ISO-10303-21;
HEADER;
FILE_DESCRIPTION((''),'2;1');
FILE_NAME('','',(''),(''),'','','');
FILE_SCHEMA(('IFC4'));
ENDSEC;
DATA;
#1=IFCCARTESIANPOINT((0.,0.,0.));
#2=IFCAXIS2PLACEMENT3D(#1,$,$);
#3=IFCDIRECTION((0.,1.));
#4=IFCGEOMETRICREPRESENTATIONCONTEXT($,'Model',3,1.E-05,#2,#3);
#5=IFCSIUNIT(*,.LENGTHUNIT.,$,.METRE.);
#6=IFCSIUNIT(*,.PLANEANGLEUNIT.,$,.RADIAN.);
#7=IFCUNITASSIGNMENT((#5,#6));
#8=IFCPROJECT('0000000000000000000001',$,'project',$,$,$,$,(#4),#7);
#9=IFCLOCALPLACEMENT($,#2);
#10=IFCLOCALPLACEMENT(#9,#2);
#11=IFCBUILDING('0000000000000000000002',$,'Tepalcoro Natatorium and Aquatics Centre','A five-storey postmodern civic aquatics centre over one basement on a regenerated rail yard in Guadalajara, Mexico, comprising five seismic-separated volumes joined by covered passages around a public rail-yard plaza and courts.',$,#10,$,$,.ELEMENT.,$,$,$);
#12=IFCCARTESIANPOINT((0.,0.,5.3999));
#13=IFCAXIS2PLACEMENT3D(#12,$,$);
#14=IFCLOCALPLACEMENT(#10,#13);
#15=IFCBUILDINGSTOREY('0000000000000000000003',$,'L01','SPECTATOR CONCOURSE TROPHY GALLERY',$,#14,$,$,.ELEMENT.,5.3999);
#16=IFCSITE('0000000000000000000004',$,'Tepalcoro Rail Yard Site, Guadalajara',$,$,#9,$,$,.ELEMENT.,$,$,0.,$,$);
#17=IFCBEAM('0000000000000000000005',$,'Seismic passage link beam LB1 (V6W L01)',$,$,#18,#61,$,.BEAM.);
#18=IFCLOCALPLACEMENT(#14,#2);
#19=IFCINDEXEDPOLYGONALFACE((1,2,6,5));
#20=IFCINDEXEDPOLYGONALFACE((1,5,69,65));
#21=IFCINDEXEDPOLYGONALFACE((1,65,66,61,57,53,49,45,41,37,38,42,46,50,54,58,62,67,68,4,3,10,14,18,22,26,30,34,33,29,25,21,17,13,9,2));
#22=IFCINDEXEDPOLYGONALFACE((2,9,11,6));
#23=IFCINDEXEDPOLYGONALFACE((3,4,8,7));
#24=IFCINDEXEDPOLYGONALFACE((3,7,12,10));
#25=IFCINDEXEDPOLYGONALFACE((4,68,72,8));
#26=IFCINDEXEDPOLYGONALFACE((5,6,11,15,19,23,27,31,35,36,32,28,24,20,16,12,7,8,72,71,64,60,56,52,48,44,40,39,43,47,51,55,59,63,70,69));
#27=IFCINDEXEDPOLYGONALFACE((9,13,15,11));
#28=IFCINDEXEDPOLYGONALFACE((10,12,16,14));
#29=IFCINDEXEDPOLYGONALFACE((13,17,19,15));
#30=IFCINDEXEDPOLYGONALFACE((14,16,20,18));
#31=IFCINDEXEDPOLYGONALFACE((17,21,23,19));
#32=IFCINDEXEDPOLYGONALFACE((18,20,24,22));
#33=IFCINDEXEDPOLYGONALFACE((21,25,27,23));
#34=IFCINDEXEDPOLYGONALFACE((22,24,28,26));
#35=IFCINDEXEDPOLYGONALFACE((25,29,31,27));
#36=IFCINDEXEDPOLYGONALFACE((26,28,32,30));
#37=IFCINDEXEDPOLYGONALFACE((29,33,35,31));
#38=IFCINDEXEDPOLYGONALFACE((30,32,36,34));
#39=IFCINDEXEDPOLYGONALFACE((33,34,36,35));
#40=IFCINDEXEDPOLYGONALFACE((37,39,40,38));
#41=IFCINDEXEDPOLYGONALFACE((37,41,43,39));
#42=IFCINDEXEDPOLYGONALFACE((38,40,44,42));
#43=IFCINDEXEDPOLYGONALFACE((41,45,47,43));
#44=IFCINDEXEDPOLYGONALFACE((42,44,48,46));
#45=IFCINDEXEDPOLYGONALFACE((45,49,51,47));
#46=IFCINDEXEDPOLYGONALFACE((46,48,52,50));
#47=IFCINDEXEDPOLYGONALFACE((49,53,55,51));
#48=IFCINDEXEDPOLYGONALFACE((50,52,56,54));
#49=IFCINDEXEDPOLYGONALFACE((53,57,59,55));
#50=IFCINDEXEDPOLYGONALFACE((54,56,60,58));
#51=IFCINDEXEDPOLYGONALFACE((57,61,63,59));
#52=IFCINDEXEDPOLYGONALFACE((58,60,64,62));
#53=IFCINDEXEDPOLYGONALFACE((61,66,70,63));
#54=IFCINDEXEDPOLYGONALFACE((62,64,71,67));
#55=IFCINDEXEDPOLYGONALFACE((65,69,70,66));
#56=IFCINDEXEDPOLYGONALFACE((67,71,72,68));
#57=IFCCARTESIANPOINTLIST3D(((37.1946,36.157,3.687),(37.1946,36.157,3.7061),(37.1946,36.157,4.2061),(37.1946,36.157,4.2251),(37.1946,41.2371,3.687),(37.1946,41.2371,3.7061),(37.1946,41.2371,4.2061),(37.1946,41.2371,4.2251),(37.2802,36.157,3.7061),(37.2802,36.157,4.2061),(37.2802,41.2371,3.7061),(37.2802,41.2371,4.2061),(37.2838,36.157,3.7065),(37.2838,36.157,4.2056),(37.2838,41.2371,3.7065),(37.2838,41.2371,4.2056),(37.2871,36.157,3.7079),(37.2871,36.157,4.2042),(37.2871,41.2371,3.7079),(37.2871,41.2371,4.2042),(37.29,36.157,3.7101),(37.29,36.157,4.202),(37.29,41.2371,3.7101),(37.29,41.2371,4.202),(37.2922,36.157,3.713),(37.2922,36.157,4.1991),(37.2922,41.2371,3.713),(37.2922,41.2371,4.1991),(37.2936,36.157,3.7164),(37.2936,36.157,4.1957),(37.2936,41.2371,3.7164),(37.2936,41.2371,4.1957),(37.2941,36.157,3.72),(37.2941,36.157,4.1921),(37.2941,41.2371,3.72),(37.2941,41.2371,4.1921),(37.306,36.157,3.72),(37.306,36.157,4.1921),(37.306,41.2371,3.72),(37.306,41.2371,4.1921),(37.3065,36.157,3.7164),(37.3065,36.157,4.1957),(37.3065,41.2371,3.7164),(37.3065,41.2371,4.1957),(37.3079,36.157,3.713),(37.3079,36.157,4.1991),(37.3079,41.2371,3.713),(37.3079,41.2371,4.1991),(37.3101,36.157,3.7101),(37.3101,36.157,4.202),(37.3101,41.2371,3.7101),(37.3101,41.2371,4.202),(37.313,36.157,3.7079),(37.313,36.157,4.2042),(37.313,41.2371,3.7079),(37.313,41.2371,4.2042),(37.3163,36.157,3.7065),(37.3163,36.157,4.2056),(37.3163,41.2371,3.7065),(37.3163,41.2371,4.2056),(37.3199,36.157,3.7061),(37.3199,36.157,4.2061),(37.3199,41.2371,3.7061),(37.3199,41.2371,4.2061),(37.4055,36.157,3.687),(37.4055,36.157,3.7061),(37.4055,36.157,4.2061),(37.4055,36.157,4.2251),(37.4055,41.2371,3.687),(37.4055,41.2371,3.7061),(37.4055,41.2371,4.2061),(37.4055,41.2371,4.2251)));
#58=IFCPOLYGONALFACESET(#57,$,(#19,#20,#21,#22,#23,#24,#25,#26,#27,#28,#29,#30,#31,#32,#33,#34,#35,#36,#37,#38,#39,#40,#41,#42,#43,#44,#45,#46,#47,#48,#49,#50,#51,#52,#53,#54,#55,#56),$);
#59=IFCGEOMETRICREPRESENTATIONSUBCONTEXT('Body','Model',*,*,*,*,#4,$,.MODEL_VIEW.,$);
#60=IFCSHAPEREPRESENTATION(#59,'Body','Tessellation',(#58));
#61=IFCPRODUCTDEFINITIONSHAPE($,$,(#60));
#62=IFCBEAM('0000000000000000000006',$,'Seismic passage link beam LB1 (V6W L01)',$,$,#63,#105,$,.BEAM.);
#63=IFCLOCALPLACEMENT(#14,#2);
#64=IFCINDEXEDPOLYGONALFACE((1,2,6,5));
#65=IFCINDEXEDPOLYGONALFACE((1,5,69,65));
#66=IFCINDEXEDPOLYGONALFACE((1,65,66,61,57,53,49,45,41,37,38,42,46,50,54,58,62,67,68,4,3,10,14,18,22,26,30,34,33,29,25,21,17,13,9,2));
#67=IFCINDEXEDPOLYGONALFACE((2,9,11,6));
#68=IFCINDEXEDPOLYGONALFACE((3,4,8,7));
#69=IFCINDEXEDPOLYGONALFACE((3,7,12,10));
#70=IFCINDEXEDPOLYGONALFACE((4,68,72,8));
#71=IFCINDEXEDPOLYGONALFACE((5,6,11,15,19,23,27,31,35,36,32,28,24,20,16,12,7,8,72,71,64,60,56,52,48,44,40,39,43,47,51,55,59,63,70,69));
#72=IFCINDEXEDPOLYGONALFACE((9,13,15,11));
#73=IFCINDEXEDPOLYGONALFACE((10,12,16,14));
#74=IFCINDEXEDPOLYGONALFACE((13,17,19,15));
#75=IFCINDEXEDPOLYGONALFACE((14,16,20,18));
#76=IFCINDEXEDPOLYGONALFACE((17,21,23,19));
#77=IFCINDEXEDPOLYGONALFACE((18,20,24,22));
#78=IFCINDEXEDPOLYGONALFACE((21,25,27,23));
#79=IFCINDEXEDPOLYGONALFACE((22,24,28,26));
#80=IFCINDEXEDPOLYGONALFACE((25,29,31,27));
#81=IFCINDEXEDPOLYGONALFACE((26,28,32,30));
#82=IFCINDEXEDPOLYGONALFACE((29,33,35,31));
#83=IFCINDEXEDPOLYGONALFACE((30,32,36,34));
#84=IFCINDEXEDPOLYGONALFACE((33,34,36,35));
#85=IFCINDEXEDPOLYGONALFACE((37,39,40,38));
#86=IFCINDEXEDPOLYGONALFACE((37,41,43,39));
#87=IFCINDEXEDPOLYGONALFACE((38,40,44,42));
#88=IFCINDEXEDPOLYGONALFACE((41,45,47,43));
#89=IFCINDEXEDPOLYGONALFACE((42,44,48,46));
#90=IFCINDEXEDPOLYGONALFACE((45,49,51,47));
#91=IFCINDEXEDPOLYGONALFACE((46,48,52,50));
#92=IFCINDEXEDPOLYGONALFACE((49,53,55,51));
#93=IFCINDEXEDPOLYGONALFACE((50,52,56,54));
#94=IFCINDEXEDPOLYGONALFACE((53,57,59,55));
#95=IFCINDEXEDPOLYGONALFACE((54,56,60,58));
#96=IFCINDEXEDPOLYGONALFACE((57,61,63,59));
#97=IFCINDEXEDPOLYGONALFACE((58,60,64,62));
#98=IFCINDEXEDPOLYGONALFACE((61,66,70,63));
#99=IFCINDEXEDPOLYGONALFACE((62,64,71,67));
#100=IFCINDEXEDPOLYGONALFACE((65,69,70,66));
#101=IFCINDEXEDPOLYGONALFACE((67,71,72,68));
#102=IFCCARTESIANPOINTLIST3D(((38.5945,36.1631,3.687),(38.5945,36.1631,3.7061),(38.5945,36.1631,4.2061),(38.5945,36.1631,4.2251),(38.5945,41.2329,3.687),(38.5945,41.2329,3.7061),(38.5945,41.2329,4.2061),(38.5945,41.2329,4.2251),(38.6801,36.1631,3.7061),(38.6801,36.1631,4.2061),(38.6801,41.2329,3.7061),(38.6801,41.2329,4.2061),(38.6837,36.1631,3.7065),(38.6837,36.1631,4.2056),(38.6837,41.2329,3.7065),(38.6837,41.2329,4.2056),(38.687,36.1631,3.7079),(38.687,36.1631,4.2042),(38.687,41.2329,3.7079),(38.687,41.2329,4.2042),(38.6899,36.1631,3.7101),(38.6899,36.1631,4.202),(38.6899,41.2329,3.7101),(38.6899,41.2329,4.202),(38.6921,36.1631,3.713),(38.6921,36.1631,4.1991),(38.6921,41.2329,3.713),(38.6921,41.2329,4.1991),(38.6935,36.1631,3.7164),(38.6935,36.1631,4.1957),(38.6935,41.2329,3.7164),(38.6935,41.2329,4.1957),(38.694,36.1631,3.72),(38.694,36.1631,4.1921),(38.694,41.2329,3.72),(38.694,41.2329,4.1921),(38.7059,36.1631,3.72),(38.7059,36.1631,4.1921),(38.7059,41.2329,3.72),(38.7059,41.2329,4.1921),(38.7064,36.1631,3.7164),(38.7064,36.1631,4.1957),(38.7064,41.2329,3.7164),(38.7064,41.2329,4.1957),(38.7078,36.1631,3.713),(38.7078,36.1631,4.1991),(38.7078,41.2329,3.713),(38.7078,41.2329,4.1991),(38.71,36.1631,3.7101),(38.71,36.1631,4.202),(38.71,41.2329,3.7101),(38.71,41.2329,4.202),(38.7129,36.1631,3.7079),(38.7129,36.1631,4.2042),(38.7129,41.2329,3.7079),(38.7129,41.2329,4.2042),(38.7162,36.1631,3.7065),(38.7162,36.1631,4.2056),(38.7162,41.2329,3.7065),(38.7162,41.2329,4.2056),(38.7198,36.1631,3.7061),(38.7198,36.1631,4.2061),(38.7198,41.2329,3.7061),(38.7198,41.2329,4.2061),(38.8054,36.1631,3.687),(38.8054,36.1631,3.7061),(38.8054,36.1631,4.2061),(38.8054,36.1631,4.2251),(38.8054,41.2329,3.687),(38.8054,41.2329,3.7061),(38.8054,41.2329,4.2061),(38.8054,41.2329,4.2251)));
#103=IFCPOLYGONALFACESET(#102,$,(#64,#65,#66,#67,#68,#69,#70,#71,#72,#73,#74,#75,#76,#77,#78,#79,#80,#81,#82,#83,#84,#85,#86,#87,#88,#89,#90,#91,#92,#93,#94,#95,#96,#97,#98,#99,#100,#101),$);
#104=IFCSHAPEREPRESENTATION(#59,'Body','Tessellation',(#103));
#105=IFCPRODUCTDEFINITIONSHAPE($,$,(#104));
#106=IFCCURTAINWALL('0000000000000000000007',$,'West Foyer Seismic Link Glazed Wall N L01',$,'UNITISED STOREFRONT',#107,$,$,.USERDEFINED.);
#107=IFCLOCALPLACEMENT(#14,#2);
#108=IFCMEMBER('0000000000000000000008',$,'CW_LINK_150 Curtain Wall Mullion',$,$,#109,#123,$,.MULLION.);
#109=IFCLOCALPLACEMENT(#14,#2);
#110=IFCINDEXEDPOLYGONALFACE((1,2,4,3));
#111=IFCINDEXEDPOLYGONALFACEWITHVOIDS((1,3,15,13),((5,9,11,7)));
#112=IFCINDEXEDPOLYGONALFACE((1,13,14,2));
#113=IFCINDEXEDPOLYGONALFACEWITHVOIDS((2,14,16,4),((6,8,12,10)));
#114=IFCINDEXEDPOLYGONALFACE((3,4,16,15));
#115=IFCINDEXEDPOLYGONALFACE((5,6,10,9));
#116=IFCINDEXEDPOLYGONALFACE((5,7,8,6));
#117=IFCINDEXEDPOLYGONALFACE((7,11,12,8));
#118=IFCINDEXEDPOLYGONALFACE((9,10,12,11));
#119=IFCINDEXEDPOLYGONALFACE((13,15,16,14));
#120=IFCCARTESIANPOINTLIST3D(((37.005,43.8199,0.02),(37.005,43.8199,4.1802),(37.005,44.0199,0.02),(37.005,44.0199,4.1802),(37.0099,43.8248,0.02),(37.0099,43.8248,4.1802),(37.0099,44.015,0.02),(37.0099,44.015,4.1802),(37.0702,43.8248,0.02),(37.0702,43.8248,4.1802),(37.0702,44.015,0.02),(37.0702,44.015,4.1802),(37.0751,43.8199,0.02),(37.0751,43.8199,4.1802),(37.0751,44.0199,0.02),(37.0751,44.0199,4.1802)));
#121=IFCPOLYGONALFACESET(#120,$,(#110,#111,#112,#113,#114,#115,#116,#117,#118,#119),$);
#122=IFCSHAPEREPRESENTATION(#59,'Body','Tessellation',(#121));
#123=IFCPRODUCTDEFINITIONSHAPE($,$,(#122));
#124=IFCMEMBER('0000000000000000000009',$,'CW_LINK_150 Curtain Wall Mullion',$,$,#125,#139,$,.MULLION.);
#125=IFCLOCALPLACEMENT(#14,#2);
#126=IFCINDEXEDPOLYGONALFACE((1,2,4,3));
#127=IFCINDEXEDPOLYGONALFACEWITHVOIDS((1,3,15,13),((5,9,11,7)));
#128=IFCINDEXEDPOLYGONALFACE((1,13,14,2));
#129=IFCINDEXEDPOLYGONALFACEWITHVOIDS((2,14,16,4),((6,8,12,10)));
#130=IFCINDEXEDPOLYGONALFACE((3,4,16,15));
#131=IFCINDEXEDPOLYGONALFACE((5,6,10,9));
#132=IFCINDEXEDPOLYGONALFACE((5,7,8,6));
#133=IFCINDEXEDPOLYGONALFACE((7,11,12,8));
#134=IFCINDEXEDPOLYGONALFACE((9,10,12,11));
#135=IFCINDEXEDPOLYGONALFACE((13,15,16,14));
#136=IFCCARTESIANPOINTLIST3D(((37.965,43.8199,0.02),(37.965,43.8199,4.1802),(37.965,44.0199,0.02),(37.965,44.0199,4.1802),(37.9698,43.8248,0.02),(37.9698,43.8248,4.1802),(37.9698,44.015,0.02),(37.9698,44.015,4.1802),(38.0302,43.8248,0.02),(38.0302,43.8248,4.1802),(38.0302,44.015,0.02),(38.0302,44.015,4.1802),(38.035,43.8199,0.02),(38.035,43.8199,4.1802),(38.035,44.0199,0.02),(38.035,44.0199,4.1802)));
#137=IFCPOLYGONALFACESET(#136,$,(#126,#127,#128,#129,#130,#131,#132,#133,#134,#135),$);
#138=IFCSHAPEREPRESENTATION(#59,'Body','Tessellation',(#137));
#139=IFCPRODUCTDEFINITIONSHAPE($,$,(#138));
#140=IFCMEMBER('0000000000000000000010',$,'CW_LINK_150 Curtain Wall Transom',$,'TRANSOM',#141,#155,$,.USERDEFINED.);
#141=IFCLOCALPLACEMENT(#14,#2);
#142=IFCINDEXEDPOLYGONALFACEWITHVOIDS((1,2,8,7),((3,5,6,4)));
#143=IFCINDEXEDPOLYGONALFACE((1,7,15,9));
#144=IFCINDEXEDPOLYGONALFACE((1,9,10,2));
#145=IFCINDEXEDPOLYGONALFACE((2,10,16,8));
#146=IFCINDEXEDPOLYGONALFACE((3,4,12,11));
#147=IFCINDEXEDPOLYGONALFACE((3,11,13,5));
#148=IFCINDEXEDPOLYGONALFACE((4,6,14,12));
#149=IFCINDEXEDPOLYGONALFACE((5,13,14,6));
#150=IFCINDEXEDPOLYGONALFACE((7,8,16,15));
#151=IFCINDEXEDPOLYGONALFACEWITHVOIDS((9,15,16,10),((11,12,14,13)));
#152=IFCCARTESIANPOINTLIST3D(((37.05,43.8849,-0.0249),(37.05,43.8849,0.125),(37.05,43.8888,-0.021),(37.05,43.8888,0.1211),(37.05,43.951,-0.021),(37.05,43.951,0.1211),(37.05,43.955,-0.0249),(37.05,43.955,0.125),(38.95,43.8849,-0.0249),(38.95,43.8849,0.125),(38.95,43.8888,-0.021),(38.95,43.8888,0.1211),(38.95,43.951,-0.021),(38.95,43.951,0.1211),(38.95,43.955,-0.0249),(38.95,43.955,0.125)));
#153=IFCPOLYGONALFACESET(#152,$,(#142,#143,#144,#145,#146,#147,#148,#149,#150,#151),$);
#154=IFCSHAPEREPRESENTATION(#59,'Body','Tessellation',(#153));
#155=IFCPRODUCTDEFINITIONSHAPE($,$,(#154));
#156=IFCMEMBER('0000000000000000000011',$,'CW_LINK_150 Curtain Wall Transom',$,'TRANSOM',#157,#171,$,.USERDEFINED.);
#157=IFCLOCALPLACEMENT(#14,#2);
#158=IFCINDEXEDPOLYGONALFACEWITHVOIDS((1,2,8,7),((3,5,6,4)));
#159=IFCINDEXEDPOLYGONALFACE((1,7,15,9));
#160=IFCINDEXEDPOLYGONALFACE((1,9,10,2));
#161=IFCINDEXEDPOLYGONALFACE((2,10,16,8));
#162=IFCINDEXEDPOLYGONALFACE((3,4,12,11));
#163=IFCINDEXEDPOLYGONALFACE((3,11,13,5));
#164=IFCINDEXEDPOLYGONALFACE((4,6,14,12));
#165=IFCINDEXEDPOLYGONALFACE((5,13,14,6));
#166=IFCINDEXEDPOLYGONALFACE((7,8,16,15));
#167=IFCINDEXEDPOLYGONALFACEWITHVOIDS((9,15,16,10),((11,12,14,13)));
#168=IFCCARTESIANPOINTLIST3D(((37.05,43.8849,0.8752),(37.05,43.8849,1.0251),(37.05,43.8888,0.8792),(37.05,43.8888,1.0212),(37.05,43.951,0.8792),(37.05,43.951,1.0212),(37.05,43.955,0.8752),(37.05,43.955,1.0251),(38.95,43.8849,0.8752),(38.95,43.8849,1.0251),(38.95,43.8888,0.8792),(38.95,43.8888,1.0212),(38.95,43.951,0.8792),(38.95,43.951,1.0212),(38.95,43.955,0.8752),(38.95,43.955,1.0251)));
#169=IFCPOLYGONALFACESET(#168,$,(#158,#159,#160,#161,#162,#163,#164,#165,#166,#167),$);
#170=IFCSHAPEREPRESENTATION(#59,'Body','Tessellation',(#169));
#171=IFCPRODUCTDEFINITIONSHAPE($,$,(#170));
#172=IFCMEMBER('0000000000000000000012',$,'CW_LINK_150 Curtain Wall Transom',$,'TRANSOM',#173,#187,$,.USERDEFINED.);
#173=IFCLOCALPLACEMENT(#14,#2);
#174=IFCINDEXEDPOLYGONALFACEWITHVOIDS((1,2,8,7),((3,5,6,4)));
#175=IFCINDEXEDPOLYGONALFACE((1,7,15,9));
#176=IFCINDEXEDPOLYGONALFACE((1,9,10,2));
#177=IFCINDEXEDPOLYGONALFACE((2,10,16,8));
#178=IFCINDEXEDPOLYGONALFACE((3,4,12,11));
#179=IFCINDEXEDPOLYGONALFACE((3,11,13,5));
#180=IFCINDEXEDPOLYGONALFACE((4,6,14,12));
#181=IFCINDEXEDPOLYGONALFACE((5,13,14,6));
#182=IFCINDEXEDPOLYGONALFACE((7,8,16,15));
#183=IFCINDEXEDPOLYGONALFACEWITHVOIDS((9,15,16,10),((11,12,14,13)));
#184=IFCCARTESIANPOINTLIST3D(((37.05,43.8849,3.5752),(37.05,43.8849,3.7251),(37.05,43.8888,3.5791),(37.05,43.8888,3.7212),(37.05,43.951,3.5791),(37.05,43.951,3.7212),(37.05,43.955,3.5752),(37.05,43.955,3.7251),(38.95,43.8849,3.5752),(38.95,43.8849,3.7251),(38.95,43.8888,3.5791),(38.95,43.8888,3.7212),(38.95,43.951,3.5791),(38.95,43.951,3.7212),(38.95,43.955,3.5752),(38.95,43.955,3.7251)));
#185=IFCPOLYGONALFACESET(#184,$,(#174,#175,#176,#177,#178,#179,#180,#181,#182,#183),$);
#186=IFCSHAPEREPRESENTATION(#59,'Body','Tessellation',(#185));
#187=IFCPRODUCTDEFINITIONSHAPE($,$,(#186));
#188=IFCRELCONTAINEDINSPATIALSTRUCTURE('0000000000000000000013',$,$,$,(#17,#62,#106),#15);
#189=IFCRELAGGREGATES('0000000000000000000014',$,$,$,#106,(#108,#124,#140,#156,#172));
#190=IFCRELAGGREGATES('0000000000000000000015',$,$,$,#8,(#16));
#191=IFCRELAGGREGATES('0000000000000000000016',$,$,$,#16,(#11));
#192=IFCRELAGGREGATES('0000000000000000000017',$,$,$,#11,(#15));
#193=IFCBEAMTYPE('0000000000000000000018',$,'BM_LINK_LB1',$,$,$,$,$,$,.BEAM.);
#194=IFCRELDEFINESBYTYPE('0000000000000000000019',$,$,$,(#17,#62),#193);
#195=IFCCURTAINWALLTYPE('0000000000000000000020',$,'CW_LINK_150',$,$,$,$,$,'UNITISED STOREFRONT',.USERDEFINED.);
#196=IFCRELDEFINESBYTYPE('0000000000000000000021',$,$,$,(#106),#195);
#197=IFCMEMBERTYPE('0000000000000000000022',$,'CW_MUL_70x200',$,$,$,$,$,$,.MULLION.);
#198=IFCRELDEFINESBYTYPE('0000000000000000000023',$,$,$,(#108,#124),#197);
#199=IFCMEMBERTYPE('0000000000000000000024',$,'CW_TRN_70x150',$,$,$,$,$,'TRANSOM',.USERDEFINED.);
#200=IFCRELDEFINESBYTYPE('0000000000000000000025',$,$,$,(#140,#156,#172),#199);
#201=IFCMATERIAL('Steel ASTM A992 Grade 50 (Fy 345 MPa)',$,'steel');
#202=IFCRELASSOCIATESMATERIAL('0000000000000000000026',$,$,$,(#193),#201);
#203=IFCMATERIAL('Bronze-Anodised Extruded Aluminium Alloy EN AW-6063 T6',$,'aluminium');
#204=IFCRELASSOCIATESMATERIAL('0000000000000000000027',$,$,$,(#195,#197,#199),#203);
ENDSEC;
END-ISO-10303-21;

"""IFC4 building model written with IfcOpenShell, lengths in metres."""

from ifc_helpers import new_model, si_unit, direction, frame, origin, origin_2d, place, context, subcontext, project, spatial, hollow_rectangle, i_section, extrude, material, material_profile, profile_set, type_object, element, aggregate, save


model = new_model("IFC4")

# Units and contexts
model_context = context("Model", 3, precision=1e-05, world=origin(), true_north=direction((0.0, 1.0)))
body_context = subcontext(model_context, "Body", "Model", "MODEL_VIEW")
ifc_project = project(units=[si_unit("LENGTHUNIT", "METRE"), si_unit("PLANEANGLEUNIT", "RADIAN")], contexts=[model_context])

# Site, building, storey
site_placement = place(None, origin())
site = spatial("IfcSite", under=ifc_project, at=site_placement, Name="Tepalcoro Rail Yard Site, Guadalajara", CompositionType="ELEMENT", RefElevation=0.0)
building_placement = place(site_placement, origin())
building = spatial("IfcBuilding", under=site, at=building_placement, Name="Tepalcoro Natatorium and Aquatics Centre", Description="A five-storey postmodern civic aquatics centre over one basement on a regenerated rail yard in Guadalajara, Mexico, comprising five seismic-separated volumes joined by covered passages around a public rail-yard plaza and courts.", CompositionType="ELEMENT")
storey_placement = place(building_placement, frame((0.0, 0.0, 5.3999)))
storey = spatial("IfcBuildingStorey", under=building, at=storey_placement, Name="L01", Description="SPECTATOR CONCOURSE TROPHY GALLERY", CompositionType="ELEMENT", Elevation=5.3999)

# Shared definitions
ifc_material_1 = material(Name="Steel ASTM A992 Grade 50 (Fy 345 MPa)", Category="steel")

# Beams
ifc_material_profile_1 = material_profile(ifc_material_1, i_section(OverallWidth=0.2109, OverallDepth=0.5381, WebThickness=0.012, FlangeThickness=0.019, FilletRadius=0.0139, at=origin_2d()), Name="W21X73")
ifc_profile_set_1 = profile_set([ifc_material_profile_1], Name="Steel ASTM A992 Grade 50 (Fy 345 MPa)")
beam_type_1 = type_object("IfcBeamType", Name="BM_LINK_LB1", PredefinedType="BEAM", material=ifc_profile_set_1)
beam_1_placement = place(storey_placement, frame((37.3, 36.157, 3.9561), z_axis=(0.0, 1.0, 0.0), x_axis=(-1.0, 0.0, 0.0)))
element("IfcBeam", 1, at=beam_1_placement, inside=storey, type_object=beam_type_1, Name="Seismic passage link beam LB1 (V6W L01)", PredefinedType="BEAM", context=body_context, shape_type="SweptSolid", body=[
    extrude(i_section(OverallWidth=0.2109, OverallDepth=0.5381, WebThickness=0.012, FlangeThickness=0.019, FilletRadius=0.0139, at=origin_2d()), origin(), (0.0, 0.0, 1.0), 5.0801),
])
beam_2_placement = place(storey_placement, frame((38.7, 36.1631, 3.9561), z_axis=(0.0, 1.0, 0.0), x_axis=(-1.0, 0.0, 0.0)))
element("IfcBeam", 2, at=beam_2_placement, inside=storey, type_object=beam_type_1, Name="Seismic passage link beam LB1 (V6W L01)", PredefinedType="BEAM", context=body_context, shape_type="SweptSolid", body=[
    extrude(i_section(OverallWidth=0.2109, OverallDepth=0.5381, WebThickness=0.012, FlangeThickness=0.019, FilletRadius=0.0139, at=origin_2d()), origin(), (0.0, 0.0, 1.0), 5.0698),
])

# Curtain wall, members
ifc_material_2 = material(Name="Bronze-Anodised Extruded Aluminium Alloy EN AW-6063 T6", Category="aluminium")
curtain_wall_type = type_object("IfcCurtainWallType", Name="CW_LINK_150", ElementType="UNITISED STOREFRONT", PredefinedType="USERDEFINED", material=ifc_material_2)
curtain_wall_placement = place(storey_placement, origin())
curtain_wall = element("IfcCurtainWall", 3, at=curtain_wall_placement, inside=storey, type_object=curtain_wall_type, Name="West Foyer Seismic Link Glazed Wall N L01", ObjectType="UNITISED STOREFRONT", PredefinedType="USERDEFINED")
ifc_material_profile_2 = material_profile(ifc_material_2, hollow_rectangle(XDim=0.0701, YDim=0.2, WallThickness=0.0049, at=origin_2d()), Name="AL70X200X5")
ifc_profile_set_2 = profile_set([ifc_material_profile_2], Name="Bronze-Anodised Extruded Aluminium Alloy EN AW-6063 T6")
member_type_1 = type_object("IfcMemberType", Name="CW_MUL_70x200", PredefinedType="MULLION", material=ifc_profile_set_2)
member_1_placement = place(storey_placement, frame((37.04, 43.9199, 0.02), z_axis=(0.0, 0.0, 1.0), x_axis=(1.0, 0.0, 0.0)))
member_1 = element("IfcMember", 4, at=member_1_placement, type_object=member_type_1, Name="CW_LINK_150 Curtain Wall Mullion", PredefinedType="MULLION", context=body_context, shape_type="SweptSolid", body=[
    extrude(hollow_rectangle(XDim=0.0701, YDim=0.2, WallThickness=0.0049, at=origin_2d()), origin(), (0.0, 0.0, 1.0), 4.1602),
])
member_2_placement = place(storey_placement, frame((38.0, 43.9199, 0.02), z_axis=(0.0, 0.0, 1.0), x_axis=(1.0, 0.0, 0.0)))
member_2 = element("IfcMember", 5, at=member_2_placement, type_object=member_type_1, Name="CW_LINK_150 Curtain Wall Mullion", PredefinedType="MULLION", context=body_context, shape_type="SweptSolid", body=[
    extrude(hollow_rectangle(XDim=0.0701, YDim=0.2, WallThickness=0.0049, at=origin_2d()), origin(), (0.0, 0.0, 1.0), 4.1602),
])
ifc_material_profile_3 = material_profile(ifc_material_2, hollow_rectangle(XDim=0.0701, YDim=0.1499, WallThickness=0.0039, at=origin_2d()), Name="AL70X150X4")
ifc_profile_set_3 = profile_set([ifc_material_profile_3], Name="Bronze-Anodised Extruded Aluminium Alloy EN AW-6063 T6")
member_type_2 = type_object("IfcMemberType", Name="CW_TRN_70x150", ElementType="TRANSOM", PredefinedType="USERDEFINED", material=ifc_profile_set_3)
member_3_placement = place(storey_placement, frame((37.05, 43.9199, 0.05), z_axis=(1.0, 0.0, 0.0), x_axis=(0.0, 1.0, 0.0)))
member_3 = element("IfcMember", 6, at=member_3_placement, type_object=member_type_2, Name="CW_LINK_150 Curtain Wall Transom", ObjectType="TRANSOM", PredefinedType="USERDEFINED", context=body_context, shape_type="SweptSolid", body=[
    extrude(hollow_rectangle(XDim=0.0701, YDim=0.1499, WallThickness=0.0039, at=origin_2d()), origin(), (0.0, 0.0, 1.0), 1.8999),
])
member_4_placement = place(storey_placement, frame((37.05, 43.9199, 0.9502), z_axis=(1.0, 0.0, 0.0), x_axis=(0.0, 1.0, 0.0)))
member_4 = element("IfcMember", 7, at=member_4_placement, type_object=member_type_2, Name="CW_LINK_150 Curtain Wall Transom", ObjectType="TRANSOM", PredefinedType="USERDEFINED", context=body_context, shape_type="SweptSolid", body=[
    extrude(hollow_rectangle(XDim=0.0701, YDim=0.1499, WallThickness=0.0039, at=origin_2d()), origin(), (0.0, 0.0, 1.0), 1.8999),
])
member_5_placement = place(storey_placement, frame((37.05, 43.9199, 3.6501), z_axis=(1.0, 0.0, 0.0), x_axis=(0.0, 1.0, 0.0)))
member_5 = element("IfcMember", 8, at=member_5_placement, type_object=member_type_2, Name="CW_LINK_150 Curtain Wall Transom", ObjectType="TRANSOM", PredefinedType="USERDEFINED", context=body_context, shape_type="SweptSolid", body=[
    extrude(hollow_rectangle(XDim=0.0701, YDim=0.1499, WallThickness=0.0039, at=origin_2d()), origin(), (0.0, 0.0, 1.0), 1.8999),
])

aggregate(curtain_wall, [member_1, member_2, member_3, member_4, member_5])

save(model, "model.ifc")
